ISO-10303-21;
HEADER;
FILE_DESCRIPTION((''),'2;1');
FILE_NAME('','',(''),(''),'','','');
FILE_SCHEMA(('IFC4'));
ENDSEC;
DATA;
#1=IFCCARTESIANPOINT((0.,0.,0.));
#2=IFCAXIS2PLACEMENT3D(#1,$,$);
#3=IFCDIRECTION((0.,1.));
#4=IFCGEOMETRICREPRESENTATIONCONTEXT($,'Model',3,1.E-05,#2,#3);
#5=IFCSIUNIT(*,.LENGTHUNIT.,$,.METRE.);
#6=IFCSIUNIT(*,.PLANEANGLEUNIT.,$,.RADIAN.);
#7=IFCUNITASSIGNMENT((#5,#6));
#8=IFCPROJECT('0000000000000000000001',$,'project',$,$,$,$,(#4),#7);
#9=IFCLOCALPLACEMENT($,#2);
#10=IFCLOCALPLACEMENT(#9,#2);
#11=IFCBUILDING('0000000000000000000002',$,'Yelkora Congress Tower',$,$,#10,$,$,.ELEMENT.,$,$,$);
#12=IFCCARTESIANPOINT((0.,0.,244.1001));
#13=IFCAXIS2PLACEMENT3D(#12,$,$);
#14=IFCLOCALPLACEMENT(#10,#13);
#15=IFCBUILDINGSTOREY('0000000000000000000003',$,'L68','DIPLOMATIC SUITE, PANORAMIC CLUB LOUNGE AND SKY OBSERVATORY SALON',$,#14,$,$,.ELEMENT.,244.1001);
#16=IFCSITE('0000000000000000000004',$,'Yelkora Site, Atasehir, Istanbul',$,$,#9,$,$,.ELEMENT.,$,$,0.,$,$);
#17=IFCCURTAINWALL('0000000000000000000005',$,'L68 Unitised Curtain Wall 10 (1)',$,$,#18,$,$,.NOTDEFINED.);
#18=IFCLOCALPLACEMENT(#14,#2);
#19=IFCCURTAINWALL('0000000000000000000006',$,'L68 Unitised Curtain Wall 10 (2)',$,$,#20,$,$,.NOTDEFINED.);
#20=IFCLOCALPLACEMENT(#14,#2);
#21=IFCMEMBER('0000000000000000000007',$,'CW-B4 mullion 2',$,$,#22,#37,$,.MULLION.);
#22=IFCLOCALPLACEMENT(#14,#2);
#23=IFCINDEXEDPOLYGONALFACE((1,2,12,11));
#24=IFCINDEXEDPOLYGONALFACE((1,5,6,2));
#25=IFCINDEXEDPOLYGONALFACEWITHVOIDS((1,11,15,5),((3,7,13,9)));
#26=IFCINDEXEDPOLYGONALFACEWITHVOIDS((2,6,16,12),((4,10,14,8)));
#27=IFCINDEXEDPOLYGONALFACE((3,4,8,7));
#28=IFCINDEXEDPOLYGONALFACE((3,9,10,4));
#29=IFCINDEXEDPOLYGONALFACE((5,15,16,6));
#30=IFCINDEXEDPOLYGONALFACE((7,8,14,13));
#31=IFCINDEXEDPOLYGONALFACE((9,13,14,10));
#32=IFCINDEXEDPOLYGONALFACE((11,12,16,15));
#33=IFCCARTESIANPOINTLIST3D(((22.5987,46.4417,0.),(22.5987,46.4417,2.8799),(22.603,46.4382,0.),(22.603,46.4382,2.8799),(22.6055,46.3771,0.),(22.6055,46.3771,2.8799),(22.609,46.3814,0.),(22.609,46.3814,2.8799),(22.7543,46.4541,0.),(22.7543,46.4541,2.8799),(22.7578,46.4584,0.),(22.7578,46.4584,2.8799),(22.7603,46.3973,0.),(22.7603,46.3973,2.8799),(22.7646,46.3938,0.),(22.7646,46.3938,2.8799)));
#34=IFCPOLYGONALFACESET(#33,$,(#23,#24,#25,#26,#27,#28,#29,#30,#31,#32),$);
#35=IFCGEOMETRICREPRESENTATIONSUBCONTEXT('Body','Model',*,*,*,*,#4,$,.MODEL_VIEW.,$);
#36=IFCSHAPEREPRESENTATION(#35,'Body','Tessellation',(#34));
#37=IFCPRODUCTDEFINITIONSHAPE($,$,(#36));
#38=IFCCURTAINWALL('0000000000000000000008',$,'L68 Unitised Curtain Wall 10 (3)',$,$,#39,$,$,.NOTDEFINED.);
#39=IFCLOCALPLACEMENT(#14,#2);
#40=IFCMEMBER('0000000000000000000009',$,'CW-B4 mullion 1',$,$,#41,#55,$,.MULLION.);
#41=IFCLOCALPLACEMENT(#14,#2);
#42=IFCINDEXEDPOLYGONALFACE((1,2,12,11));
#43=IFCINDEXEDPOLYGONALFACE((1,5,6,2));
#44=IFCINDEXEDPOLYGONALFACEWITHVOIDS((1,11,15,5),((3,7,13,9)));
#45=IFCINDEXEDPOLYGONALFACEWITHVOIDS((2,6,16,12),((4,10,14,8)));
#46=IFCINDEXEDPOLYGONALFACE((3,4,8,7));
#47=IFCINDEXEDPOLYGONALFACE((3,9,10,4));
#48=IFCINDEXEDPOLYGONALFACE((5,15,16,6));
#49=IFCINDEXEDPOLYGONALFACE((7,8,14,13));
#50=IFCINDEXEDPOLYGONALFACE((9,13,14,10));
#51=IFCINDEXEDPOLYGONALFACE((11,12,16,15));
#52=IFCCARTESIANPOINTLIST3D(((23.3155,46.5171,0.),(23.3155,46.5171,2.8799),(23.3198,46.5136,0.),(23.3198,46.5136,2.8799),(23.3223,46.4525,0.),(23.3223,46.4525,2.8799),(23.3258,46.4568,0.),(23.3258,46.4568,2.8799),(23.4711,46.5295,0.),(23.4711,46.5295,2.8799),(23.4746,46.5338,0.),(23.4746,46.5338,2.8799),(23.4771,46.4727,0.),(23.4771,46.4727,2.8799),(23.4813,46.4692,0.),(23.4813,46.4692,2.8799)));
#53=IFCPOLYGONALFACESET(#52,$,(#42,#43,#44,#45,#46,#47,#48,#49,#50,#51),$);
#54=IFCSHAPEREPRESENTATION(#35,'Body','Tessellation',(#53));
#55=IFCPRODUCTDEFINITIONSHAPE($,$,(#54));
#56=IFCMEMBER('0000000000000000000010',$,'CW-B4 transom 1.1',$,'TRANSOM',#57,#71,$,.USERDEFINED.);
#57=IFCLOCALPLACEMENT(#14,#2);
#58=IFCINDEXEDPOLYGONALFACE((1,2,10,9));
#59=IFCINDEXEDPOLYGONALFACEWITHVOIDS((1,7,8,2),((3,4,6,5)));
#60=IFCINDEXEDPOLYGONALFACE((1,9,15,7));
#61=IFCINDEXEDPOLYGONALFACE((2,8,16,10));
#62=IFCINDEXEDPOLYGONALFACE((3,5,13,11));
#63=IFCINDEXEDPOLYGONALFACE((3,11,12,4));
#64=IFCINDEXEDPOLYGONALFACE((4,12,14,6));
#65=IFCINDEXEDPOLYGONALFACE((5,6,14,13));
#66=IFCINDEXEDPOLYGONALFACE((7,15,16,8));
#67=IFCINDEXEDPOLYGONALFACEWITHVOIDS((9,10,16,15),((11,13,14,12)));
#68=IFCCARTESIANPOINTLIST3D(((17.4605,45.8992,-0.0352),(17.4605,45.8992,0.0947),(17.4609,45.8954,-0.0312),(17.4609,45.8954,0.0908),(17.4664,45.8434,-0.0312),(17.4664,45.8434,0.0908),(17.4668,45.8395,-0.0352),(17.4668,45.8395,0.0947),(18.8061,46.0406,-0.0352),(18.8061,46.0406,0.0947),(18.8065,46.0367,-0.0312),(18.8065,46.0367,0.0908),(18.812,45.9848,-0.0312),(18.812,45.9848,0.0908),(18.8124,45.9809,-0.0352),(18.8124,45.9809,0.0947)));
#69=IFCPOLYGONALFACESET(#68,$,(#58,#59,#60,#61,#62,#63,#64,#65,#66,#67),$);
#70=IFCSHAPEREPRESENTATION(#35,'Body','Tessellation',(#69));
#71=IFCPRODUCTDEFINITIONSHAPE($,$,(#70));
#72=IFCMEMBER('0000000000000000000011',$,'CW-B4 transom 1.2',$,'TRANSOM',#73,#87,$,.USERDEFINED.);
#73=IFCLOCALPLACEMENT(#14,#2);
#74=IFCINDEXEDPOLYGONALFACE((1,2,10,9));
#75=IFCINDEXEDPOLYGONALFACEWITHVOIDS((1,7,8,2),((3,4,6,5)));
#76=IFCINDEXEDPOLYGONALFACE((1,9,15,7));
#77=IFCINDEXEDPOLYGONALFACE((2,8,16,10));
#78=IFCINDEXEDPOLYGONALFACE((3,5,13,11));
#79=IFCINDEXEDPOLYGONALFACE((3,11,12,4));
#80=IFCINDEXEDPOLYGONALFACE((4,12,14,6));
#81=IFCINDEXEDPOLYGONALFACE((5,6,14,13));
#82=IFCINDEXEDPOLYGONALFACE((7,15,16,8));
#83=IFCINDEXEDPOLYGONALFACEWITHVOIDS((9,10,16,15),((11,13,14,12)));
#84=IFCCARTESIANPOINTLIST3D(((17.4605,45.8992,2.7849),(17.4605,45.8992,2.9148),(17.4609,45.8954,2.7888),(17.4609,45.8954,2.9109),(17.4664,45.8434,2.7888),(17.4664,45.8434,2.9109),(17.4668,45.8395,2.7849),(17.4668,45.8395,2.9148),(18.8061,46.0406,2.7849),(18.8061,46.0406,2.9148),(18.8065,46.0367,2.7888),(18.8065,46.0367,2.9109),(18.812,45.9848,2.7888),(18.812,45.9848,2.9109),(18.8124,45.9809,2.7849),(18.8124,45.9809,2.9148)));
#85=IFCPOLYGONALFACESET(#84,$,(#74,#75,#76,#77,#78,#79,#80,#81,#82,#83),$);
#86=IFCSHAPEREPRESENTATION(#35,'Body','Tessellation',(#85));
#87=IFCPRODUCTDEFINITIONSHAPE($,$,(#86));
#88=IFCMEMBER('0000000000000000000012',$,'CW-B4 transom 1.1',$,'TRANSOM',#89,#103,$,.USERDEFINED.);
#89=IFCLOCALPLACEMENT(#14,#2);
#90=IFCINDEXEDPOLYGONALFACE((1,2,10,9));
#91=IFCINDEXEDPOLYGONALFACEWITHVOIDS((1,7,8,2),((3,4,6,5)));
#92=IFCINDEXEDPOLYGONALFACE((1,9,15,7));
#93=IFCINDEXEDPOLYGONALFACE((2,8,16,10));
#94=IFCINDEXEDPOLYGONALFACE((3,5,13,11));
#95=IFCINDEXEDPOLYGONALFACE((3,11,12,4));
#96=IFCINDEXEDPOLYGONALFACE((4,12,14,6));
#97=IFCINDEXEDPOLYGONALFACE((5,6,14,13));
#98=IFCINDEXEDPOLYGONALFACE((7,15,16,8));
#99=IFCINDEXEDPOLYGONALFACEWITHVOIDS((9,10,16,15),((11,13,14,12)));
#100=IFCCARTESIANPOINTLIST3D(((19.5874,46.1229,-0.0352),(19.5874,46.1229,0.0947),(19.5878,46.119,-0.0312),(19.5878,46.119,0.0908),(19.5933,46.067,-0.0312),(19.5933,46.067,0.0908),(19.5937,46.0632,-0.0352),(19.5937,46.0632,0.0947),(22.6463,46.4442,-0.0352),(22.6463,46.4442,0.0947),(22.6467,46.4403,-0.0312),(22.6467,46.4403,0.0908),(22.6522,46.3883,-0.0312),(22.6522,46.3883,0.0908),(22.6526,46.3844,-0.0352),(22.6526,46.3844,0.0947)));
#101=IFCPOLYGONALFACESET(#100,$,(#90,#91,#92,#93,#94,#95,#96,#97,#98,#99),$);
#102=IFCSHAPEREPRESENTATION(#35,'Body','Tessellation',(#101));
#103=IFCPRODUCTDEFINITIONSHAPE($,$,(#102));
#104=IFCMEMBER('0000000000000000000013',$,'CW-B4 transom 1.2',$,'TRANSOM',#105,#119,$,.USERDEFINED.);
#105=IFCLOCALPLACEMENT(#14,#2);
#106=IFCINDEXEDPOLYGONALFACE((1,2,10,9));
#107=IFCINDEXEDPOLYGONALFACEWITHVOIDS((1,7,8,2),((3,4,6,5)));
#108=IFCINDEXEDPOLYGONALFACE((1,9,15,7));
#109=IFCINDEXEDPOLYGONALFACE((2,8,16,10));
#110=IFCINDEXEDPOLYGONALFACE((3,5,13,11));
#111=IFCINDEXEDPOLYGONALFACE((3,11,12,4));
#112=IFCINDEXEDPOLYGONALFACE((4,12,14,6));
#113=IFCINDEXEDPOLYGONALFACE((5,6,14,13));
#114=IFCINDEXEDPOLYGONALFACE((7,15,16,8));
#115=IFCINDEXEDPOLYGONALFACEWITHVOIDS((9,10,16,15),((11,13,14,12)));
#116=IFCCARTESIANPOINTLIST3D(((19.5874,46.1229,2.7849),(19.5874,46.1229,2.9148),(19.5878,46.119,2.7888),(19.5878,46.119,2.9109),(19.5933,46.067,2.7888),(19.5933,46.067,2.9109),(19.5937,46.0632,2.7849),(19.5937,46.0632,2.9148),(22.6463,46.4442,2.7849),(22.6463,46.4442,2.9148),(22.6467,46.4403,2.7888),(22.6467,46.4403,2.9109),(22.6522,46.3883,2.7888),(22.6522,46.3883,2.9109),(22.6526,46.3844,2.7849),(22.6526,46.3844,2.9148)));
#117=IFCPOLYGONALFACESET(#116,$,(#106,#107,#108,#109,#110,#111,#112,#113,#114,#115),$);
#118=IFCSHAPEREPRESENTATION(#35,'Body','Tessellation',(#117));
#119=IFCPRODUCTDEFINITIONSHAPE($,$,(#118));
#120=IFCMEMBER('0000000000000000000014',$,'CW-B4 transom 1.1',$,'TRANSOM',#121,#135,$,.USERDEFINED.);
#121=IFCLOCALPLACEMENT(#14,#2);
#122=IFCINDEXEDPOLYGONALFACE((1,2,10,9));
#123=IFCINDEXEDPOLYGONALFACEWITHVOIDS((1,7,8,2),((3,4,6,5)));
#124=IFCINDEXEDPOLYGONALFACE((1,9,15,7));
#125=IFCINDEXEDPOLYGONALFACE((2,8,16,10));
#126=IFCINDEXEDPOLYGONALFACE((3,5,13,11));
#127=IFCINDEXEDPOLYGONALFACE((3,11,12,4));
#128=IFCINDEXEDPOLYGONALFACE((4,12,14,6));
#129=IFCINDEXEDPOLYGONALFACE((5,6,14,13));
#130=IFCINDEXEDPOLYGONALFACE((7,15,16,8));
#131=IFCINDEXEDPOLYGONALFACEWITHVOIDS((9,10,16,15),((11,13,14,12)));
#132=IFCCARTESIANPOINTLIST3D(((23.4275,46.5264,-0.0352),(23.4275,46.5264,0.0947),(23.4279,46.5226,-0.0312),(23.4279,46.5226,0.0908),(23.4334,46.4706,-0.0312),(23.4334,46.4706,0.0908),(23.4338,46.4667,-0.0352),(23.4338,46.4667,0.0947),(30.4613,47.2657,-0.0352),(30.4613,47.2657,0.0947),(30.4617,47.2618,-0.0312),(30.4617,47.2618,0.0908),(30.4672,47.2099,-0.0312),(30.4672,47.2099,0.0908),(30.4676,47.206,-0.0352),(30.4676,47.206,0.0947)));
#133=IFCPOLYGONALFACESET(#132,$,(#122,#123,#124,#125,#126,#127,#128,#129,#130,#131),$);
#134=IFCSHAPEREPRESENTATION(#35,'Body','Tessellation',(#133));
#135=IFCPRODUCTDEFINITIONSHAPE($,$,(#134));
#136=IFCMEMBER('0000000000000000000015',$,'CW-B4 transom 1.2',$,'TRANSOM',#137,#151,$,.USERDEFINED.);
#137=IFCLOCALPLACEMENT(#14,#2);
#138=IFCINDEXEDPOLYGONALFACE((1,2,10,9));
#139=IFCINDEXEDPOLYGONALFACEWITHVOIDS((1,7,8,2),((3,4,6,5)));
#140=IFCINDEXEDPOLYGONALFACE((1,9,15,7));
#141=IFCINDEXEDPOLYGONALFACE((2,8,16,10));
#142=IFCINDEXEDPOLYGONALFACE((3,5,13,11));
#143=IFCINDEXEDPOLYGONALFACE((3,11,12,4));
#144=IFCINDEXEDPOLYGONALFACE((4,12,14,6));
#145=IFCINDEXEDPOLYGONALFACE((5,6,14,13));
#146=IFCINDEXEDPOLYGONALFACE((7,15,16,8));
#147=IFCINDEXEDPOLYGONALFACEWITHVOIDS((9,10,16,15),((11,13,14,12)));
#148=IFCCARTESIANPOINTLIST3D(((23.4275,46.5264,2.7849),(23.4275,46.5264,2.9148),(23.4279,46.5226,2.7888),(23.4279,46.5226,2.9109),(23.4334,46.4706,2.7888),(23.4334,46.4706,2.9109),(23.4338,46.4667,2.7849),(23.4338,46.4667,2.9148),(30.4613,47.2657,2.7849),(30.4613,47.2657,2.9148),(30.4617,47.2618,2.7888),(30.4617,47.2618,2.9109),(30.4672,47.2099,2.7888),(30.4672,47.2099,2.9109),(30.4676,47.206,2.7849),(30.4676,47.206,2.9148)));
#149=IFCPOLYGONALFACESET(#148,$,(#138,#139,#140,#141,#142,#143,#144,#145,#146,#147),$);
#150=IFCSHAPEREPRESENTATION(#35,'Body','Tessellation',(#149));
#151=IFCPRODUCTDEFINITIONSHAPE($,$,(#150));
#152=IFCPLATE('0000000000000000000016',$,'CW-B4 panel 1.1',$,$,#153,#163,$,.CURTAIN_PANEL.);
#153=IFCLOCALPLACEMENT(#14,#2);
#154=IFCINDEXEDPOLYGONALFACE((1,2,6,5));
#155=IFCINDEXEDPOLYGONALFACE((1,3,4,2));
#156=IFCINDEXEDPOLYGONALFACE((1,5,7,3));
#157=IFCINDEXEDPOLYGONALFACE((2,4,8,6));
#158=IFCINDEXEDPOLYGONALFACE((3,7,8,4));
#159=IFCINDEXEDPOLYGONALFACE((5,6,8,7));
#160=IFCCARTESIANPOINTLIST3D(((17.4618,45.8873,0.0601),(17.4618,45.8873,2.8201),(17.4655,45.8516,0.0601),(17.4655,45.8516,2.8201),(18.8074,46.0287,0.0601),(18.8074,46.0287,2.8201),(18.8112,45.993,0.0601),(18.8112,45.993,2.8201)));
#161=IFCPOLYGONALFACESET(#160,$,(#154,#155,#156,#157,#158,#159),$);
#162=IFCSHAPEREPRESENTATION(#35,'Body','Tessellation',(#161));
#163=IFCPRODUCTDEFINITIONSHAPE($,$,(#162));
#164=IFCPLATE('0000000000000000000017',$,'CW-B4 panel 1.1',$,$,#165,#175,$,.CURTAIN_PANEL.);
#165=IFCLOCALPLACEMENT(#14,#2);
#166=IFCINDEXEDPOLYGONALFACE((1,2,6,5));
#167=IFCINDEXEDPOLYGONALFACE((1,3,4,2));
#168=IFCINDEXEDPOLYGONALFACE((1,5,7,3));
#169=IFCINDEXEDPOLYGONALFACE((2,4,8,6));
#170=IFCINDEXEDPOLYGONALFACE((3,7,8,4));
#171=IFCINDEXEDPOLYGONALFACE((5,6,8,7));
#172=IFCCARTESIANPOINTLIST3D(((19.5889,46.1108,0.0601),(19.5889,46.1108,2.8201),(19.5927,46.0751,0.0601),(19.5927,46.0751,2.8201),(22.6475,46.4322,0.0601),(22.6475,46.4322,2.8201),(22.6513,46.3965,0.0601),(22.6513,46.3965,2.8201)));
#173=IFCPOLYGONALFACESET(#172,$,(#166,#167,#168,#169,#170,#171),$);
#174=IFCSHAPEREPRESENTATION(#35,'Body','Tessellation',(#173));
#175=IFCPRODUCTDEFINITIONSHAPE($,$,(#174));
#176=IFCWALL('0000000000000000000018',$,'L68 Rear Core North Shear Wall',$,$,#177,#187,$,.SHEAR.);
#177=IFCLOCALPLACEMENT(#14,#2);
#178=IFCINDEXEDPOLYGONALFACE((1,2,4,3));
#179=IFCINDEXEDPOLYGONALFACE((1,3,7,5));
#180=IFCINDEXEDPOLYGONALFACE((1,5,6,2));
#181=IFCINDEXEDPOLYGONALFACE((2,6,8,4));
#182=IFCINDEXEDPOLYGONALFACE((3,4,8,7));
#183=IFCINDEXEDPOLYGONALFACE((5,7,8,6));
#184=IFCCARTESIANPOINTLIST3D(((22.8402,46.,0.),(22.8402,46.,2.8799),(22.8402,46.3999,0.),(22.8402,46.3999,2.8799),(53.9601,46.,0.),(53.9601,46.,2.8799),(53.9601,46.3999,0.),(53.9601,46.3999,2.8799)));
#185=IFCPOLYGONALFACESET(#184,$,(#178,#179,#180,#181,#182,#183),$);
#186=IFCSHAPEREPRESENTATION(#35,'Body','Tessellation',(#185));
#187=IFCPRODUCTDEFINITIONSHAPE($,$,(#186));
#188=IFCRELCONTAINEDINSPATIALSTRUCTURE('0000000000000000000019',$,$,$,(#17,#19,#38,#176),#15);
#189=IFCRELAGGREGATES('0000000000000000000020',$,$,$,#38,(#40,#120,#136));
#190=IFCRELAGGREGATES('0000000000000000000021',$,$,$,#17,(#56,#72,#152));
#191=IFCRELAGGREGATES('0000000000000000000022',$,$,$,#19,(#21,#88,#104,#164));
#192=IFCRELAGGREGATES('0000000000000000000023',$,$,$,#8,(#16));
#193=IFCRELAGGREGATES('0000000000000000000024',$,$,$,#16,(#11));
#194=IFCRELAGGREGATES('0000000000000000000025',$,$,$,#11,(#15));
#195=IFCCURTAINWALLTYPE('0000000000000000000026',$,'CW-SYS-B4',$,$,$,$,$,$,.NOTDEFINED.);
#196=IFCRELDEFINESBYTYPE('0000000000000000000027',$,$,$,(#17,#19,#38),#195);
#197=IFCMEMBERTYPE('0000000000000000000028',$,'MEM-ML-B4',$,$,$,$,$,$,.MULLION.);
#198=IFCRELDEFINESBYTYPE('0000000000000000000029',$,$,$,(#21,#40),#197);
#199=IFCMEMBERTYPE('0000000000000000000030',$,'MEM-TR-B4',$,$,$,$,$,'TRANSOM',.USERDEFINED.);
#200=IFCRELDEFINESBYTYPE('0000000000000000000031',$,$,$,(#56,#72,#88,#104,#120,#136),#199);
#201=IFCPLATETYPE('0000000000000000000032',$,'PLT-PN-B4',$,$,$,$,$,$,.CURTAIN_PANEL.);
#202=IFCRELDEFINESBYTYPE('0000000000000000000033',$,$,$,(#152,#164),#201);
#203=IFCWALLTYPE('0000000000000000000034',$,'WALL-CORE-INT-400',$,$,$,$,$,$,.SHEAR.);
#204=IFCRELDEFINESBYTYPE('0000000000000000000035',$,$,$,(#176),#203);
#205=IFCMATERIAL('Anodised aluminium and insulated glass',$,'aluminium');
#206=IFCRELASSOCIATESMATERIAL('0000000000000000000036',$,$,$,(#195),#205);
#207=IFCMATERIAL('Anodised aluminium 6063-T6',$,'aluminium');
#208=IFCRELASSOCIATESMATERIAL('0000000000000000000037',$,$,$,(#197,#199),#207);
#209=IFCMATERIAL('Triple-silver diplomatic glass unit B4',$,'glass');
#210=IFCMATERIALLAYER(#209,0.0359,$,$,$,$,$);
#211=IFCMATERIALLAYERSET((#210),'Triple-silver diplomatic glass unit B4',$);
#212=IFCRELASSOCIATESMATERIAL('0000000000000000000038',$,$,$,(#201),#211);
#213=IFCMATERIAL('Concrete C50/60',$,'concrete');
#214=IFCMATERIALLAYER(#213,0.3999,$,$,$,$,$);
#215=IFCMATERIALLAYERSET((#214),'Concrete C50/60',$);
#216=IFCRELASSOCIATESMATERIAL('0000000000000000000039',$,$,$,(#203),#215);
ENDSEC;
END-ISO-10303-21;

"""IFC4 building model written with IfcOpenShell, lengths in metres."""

from ifc_helpers import new_model, si_unit, direction, frame, frame_2d, origin, origin_2d, place, context, subcontext, project, spatial, rectangle, hollow_rectangle, extrude, material, layer, layer_set, material_profile, profile_set, type_object, element, aggregate, save


model = new_model("IFC4")

# Units and contexts
model_context = context("Model", 3, precision=1e-05, world=origin(), true_north=direction((0.0, 1.0)))
body_context = subcontext(model_context, "Body", "Model", "MODEL_VIEW")
ifc_project = project(units=[si_unit("LENGTHUNIT", "METRE"), si_unit("PLANEANGLEUNIT", "RADIAN")], contexts=[model_context])

# Site, building, storey
site_placement = place(None, origin())
site = spatial("IfcSite", under=ifc_project, at=site_placement, Name="Yelkora Site, Atasehir, Istanbul", CompositionType="ELEMENT", RefElevation=0.0)
building_placement = place(site_placement, origin())
building = spatial("IfcBuilding", under=site, at=building_placement, Name="Yelkora Congress Tower", CompositionType="ELEMENT")
storey_placement = place(building_placement, frame((0.0, 0.0, 244.1001)))
storey = spatial("IfcBuildingStorey", under=building, at=storey_placement, Name="L68", Description="DIPLOMATIC SUITE, PANORAMIC CLUB LOUNGE AND SKY OBSERVATORY SALON", CompositionType="ELEMENT", Elevation=244.1001)

# Curtain walls, member
ifc_material_1 = material(Name="Anodised aluminium and insulated glass", Category="aluminium")
curtain_wall_type = type_object("IfcCurtainWallType", Name="CW-SYS-B4", PredefinedType="NOTDEFINED", material=ifc_material_1)
curtain_wall_1_placement = place(storey_placement, origin())
curtain_wall_1 = element("IfcCurtainWall", 1, at=curtain_wall_1_placement, inside=storey, type_object=curtain_wall_type, Name="L68 Unitised Curtain Wall 10 (1)", PredefinedType="NOTDEFINED")
ifc_material_2 = material(Name="Anodised aluminium 6063-T6", Category="aluminium")
ifc_material_profile_1 = material_profile(ifc_material_2, hollow_rectangle(XDim=0.0649, YDim=0.1599, WallThickness=0.0039, at=origin_2d()), Name="ALU 65x160x4")
ifc_profile_set_1 = profile_set([ifc_material_profile_1], Name="Anodised aluminium 6063-T6")
member_type_1 = type_object("IfcMemberType", Name="MEM-ML-B4", PredefinedType="MULLION", material=ifc_profile_set_1)
curtain_wall_2_placement = place(storey_placement, origin())
curtain_wall_2 = element("IfcCurtainWall", 2, at=curtain_wall_2_placement, inside=storey, type_object=curtain_wall_type, Name="L68 Unitised Curtain Wall 10 (2)", PredefinedType="NOTDEFINED")
member_1_placement = place(storey_placement, frame((22.6816, 46.4177, 0.0), z_axis=(0.0, 0.0, 1.0), x_axis=(-0.104506, 0.994524, 0.0)))
member_1 = element("IfcMember", 3, at=member_1_placement, type_object=member_type_1, Name="CW-B4 mullion 2", PredefinedType="MULLION", context=body_context, shape_type="SweptSolid", body=[
    extrude(hollow_rectangle(XDim=0.0649, YDim=0.1599, WallThickness=0.0039, at=origin_2d()), origin(), (0.0, 0.0, 1.0), 2.8799),
])

# Curtain wall, member
curtain_wall_3_placement = place(storey_placement, origin())
curtain_wall_3 = element("IfcCurtainWall", 4, at=curtain_wall_3_placement, inside=storey, type_object=curtain_wall_type, Name="L68 Unitised Curtain Wall 10 (3)", PredefinedType="NOTDEFINED")
member_2_placement = place(storey_placement, frame((23.3984, 46.4932, 0.0), z_axis=(0.0, 0.0, 1.0), x_axis=(-0.104528, 0.994522, 0.0)))
member_2 = element("IfcMember", 5, at=member_2_placement, type_object=member_type_1, Name="CW-B4 mullion 1", PredefinedType="MULLION", context=body_context, shape_type="SweptSolid", body=[
    extrude(hollow_rectangle(XDim=0.0649, YDim=0.1599, WallThickness=0.0039, at=origin_2d()), origin(), (0.0, 0.0, 1.0), 2.8799),
])

# Members
ifc_material_profile_2 = material_profile(ifc_material_2, hollow_rectangle(XDim=0.0601, YDim=0.1299, WallThickness=0.0039, at=origin_2d()), Name="ALU 60x130x4")
ifc_profile_set_2 = profile_set([ifc_material_profile_2], Name="Anodised aluminium 6063-T6")
member_type_2 = type_object("IfcMemberType", Name="MEM-TR-B4", ElementType="TRANSOM", PredefinedType="USERDEFINED", material=ifc_profile_set_2)
member_3_placement = place(storey_placement, frame((17.4636, 45.8694, 0.0298), z_axis=(0.994528, 0.104469, 0.0), x_axis=(-0.104469, 0.994528, 0.0)))
member_3 = element("IfcMember", 6, at=member_3_placement, type_object=member_type_2, Name="CW-B4 transom 1.1", ObjectType="TRANSOM", PredefinedType="USERDEFINED", context=body_context, shape_type="SweptSolid", body=[
    extrude(hollow_rectangle(XDim=0.0601, YDim=0.1299, WallThickness=0.0039, at=origin_2d()), origin(), (0.0, 0.0, 1.0), 1.353),
])
member_4_placement = place(storey_placement, frame((17.4636, 45.8694, 2.8499), z_axis=(0.994528, 0.104469, 0.0), x_axis=(-0.104469, 0.994528, 0.0)))
member_4 = element("IfcMember", 7, at=member_4_placement, type_object=member_type_2, Name="CW-B4 transom 1.2", ObjectType="TRANSOM", PredefinedType="USERDEFINED", context=body_context, shape_type="SweptSolid", body=[
    extrude(hollow_rectangle(XDim=0.0601, YDim=0.1299, WallThickness=0.0039, at=origin_2d()), origin(), (0.0, 0.0, 1.0), 1.353),
])
member_5_placement = place(storey_placement, frame((19.5906, 46.093, 0.0298), z_axis=(0.994529, 0.104462, 0.0), x_axis=(-0.104462, 0.994529, 0.0)))
member_5 = element("IfcMember", 8, at=member_5_placement, type_object=member_type_2, Name="CW-B4 transom 1.1", ObjectType="TRANSOM", PredefinedType="USERDEFINED", context=body_context, shape_type="SweptSolid", body=[
    extrude(hollow_rectangle(XDim=0.0601, YDim=0.1299, WallThickness=0.0039, at=origin_2d()), origin(), (0.0, 0.0, 1.0), 3.0757),
])
member_6_placement = place(storey_placement, frame((19.5906, 46.093, 2.8499), z_axis=(0.994529, 0.104462, 0.0), x_axis=(-0.104462, 0.994529, 0.0)))
member_6 = element("IfcMember", 9, at=member_6_placement, type_object=member_type_2, Name="CW-B4 transom 1.2", ObjectType="TRANSOM", PredefinedType="USERDEFINED", context=body_context, shape_type="SweptSolid", body=[
    extrude(hollow_rectangle(XDim=0.0601, YDim=0.1299, WallThickness=0.0039, at=origin_2d()), origin(), (0.0, 0.0, 1.0), 3.0757),
])
member_7_placement = place(storey_placement, frame((23.4307, 46.4966, 0.0298), z_axis=(0.994522, 0.104527, 0.0), x_axis=(-0.104527, 0.994522, 0.0)))
member_7 = element("IfcMember", 10, at=member_7_placement, type_object=member_type_2, Name="CW-B4 transom 1.1", ObjectType="TRANSOM", PredefinedType="USERDEFINED", context=body_context, shape_type="SweptSolid", body=[
    extrude(hollow_rectangle(XDim=0.0601, YDim=0.1299, WallThickness=0.0039, at=origin_2d()), origin(), (0.0, 0.0, 1.0), 7.0725),
])
member_8_placement = place(storey_placement, frame((23.4307, 46.4966, 2.8499), z_axis=(0.994522, 0.104527, 0.0), x_axis=(-0.104527, 0.994522, 0.0)))
member_8 = element("IfcMember", 11, at=member_8_placement, type_object=member_type_2, Name="CW-B4 transom 1.2", ObjectType="TRANSOM", PredefinedType="USERDEFINED", context=body_context, shape_type="SweptSolid", body=[
    extrude(hollow_rectangle(XDim=0.0601, YDim=0.1299, WallThickness=0.0039, at=origin_2d()), origin(), (0.0, 0.0, 1.0), 7.0725),
])
aggregate(curtain_wall_3, [member_2, member_7, member_8])

# Plates
ifc_material_3 = material(Name="Triple-silver diplomatic glass unit B4", Category="glass")
ifc_layer_1 = layer(ifc_material_3, 0.0359)
ifc_layer_set_1 = layer_set([ifc_layer_1], Name="Triple-silver diplomatic glass unit B4")
plate_type = type_object("IfcPlateType", Name="PLT-PN-B4", PredefinedType="CURTAIN_PANEL", material=ifc_layer_set_1)
plate_1_placement = place(storey_placement, frame((18.1365, 45.9402, 0.0601), z_axis=(0.0, 0.0, 1.0), x_axis=(0.994524, 0.104509, 0.0)))
plate_1 = element("IfcPlate", 12, at=plate_1_placement, type_object=plate_type, Name="CW-B4 panel 1.1", PredefinedType="CURTAIN_PANEL", context=body_context, shape_type="SweptSolid", body=[
    extrude(rectangle(XDim=1.353, YDim=0.0359, at=origin_2d()), origin(), (0.0, 0.0, 1.0), 2.76),
])
aggregate(curtain_wall_1, [member_3, member_4, plate_1])
plate_2_placement = place(storey_placement, frame((21.1201, 46.2537, 0.0601), z_axis=(0.0, 0.0, 1.0), x_axis=(0.994524, 0.104506, 0.0)))
plate_2 = element("IfcPlate", 13, at=plate_2_placement, type_object=plate_type, Name="CW-B4 panel 1.1", PredefinedType="CURTAIN_PANEL", context=body_context, shape_type="SweptSolid", body=[
    extrude(rectangle(XDim=3.0754, YDim=0.0359, at=origin_2d()), origin(), (0.0, 0.0, 1.0), 2.76),
])
aggregate(curtain_wall_2, [member_1, member_5, member_6, plate_2])

# Wall
ifc_material_4 = material(Name="Concrete C50/60", Category="concrete")
ifc_layer_2 = layer(ifc_material_4, 0.3999)
ifc_layer_set_2 = layer_set([ifc_layer_2], Name="Concrete C50/60")
wall_type_1 = type_object("IfcWallType", Name="WALL-CORE-INT-400", PredefinedType="SHEAR", material=ifc_layer_set_2)
wall_1_placement = place(storey_placement, frame((22.8401, 46.2, 0.0), z_axis=(0.0, 0.0, 1.0), x_axis=(1.0, 0.0, 0.0)))
element("IfcWall", 14, at=wall_1_placement, inside=storey, type_object=wall_type_1, Name="L68 Rear Core North Shear Wall", PredefinedType="SHEAR", context=body_context, shape_type="SweptSolid", body=[
    extrude(rectangle(XDim=31.1199, YDim=0.3999, at=frame_2d((15.5601, 0.0))), origin(), (0.0, 0.0, 1.0), 2.8799),
])

save(model, "model.ifc")
